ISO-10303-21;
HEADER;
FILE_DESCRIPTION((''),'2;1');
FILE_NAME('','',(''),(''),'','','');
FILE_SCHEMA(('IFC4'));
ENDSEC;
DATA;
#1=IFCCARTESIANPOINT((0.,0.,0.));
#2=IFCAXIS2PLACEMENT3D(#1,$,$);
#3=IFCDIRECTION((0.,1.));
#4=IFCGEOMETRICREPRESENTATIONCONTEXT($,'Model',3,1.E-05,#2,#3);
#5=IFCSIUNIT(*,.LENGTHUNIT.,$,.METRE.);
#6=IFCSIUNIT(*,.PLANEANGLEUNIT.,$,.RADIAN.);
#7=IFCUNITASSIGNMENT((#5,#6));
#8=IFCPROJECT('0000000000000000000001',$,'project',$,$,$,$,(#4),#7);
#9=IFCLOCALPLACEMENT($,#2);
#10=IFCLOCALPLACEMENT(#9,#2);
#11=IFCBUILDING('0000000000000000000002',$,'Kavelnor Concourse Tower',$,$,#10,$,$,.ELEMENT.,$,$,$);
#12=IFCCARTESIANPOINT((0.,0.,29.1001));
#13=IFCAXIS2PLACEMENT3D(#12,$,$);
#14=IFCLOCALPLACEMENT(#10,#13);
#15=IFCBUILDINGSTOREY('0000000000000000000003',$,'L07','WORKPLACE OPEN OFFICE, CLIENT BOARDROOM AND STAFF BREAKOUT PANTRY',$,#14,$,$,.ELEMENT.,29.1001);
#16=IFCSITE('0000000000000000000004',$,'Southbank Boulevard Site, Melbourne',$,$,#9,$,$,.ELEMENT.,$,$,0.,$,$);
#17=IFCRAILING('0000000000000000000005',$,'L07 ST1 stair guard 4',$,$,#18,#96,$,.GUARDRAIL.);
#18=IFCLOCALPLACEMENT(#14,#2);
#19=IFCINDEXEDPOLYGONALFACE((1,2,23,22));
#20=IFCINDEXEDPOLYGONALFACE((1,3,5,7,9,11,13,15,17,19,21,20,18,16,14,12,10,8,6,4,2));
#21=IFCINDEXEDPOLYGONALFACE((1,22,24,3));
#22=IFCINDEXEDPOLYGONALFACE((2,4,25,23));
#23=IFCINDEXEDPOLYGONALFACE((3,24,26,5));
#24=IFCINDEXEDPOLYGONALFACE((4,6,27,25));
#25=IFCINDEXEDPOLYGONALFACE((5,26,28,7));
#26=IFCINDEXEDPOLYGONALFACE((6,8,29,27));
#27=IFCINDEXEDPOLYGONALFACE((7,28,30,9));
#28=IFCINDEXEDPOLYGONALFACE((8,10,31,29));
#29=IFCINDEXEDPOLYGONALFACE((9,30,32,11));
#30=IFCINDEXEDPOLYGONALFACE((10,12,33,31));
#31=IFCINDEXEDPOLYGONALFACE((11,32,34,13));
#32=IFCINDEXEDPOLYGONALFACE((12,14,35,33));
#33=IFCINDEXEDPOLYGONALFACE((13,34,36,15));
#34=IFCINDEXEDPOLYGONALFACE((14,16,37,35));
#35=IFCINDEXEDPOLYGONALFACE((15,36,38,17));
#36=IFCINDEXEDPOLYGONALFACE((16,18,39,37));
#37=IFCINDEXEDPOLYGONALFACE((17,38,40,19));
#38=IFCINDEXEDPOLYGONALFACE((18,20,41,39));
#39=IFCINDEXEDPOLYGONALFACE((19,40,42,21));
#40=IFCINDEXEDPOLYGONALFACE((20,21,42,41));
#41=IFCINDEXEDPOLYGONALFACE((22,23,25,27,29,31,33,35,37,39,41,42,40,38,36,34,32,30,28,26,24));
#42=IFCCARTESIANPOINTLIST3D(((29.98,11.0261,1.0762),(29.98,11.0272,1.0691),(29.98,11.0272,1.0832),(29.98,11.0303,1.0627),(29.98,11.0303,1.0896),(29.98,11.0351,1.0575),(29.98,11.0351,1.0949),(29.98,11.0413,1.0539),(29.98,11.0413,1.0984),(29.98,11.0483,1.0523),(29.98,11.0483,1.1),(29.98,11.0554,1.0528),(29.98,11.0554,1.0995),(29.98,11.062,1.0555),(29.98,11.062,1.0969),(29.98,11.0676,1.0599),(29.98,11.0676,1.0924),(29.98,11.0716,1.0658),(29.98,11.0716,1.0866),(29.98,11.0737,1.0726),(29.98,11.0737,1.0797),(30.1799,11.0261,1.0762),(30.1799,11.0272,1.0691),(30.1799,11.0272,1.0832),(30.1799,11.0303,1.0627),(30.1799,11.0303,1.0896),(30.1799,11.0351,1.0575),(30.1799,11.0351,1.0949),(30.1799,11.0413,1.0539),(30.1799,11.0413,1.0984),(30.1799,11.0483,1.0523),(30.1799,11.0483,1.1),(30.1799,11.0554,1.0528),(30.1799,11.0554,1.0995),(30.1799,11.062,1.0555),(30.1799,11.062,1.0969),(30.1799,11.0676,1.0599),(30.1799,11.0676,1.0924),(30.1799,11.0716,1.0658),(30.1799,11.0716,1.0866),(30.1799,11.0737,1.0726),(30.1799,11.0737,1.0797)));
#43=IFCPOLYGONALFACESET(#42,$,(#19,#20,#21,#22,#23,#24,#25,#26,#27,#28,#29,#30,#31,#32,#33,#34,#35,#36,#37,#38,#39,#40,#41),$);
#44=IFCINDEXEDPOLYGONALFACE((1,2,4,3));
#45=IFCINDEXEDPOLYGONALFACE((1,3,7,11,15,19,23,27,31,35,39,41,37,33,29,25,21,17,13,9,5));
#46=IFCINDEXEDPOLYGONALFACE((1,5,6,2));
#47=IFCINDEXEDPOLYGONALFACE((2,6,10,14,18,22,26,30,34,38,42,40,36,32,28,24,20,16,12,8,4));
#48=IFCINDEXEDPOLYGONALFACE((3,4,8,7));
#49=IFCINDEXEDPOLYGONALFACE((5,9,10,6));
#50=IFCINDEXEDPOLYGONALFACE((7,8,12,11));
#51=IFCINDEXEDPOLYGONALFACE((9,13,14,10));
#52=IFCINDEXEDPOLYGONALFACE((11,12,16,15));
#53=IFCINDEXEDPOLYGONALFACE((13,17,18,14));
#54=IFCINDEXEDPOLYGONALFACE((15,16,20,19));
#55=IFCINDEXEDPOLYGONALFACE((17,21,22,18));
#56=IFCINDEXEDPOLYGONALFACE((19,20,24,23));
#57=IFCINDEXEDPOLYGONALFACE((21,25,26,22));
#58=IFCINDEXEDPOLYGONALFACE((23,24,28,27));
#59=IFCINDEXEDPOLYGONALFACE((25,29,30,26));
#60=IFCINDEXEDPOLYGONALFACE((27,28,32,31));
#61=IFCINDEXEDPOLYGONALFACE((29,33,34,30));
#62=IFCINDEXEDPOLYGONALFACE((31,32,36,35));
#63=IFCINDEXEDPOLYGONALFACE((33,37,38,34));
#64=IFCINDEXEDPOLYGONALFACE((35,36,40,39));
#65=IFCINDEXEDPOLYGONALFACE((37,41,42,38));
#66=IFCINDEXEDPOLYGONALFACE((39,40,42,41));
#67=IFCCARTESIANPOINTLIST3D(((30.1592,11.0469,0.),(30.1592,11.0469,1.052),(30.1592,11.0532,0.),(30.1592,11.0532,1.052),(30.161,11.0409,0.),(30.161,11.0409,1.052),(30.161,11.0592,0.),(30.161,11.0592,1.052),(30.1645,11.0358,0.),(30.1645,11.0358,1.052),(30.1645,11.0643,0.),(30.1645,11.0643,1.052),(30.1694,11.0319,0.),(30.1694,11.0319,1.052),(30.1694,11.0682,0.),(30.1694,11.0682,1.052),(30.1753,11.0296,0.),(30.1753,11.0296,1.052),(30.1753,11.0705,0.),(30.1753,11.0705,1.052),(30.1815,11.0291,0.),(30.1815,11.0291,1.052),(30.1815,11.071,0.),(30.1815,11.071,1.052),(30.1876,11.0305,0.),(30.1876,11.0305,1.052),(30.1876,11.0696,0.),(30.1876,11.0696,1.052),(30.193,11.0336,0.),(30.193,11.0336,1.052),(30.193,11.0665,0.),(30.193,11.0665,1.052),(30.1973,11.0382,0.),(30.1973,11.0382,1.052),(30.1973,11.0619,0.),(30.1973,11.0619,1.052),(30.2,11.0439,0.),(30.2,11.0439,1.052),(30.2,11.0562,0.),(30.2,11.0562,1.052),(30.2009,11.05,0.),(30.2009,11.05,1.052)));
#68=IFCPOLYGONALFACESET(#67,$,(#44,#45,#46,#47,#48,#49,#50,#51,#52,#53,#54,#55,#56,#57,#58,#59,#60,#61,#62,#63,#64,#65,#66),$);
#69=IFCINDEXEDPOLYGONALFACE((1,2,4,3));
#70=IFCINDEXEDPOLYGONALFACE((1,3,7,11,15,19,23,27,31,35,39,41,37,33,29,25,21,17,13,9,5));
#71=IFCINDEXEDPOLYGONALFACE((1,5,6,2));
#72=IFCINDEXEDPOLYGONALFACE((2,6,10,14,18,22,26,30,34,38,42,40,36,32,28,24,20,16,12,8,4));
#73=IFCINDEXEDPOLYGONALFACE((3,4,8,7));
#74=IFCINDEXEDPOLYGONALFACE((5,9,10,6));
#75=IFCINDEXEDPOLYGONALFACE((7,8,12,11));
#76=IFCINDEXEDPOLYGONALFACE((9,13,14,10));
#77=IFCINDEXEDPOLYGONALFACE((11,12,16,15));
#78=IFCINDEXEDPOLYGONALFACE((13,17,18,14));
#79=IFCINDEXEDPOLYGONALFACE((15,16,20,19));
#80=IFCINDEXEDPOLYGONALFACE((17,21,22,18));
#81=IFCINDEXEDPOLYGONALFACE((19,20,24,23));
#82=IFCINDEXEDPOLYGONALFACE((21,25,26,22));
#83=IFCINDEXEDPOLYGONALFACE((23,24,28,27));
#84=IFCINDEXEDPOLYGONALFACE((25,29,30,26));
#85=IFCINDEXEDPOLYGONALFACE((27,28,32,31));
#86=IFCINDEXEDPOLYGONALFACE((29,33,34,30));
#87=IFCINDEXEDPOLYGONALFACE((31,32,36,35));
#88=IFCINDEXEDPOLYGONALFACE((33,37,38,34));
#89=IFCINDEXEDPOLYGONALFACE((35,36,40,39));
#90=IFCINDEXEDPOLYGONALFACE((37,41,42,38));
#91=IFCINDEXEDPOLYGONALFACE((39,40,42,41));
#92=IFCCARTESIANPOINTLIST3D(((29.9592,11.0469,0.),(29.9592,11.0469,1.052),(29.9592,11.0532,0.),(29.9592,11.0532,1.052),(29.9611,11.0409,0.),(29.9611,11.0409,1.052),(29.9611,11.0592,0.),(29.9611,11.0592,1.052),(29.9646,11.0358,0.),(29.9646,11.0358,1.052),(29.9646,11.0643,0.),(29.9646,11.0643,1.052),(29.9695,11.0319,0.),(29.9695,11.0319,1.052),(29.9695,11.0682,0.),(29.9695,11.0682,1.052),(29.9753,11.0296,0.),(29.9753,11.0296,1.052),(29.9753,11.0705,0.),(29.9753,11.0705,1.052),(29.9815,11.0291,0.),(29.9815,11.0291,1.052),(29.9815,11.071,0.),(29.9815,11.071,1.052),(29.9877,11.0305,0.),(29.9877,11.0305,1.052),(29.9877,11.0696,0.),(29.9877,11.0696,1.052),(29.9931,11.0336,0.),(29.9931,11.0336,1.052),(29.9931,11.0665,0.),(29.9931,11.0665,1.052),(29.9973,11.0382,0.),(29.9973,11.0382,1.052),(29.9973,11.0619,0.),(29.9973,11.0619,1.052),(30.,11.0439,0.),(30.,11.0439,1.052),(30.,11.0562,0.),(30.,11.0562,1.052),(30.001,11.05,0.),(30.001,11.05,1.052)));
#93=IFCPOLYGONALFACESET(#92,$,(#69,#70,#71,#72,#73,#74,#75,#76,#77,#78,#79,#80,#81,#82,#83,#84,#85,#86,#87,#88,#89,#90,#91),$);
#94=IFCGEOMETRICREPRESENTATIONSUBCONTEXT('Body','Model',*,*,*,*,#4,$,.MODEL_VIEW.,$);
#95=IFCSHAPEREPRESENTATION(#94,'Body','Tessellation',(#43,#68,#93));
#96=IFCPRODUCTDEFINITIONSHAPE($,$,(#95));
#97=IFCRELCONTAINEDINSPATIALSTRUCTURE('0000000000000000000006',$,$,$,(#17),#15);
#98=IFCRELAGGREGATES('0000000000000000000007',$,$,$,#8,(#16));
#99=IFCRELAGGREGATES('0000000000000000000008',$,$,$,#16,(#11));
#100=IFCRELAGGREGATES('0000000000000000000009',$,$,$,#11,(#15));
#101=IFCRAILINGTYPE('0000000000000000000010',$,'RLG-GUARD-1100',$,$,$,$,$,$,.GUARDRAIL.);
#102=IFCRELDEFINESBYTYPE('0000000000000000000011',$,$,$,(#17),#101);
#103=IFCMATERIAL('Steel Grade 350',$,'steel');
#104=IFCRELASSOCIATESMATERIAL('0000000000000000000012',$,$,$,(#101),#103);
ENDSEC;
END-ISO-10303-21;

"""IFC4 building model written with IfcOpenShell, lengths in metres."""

from ifc_helpers import new_model, si_unit, direction, frame, origin, origin_2d, place, context, subcontext, project, spatial, circle, extrude, material, type_object, element, save


model = new_model("IFC4")

# Units and contexts
model_context = context("Model", 3, precision=1e-05, world=origin(), true_north=direction((0.0, 1.0)))
body_context = subcontext(model_context, "Body", "Model", "MODEL_VIEW")
ifc_project = project(units=[si_unit("LENGTHUNIT", "METRE"), si_unit("PLANEANGLEUNIT", "RADIAN")], contexts=[model_context])

# Site, building, storey
site_placement = place(None, origin())
site = spatial("IfcSite", under=ifc_project, at=site_placement, Name="Southbank Boulevard Site, Melbourne", CompositionType="ELEMENT", RefElevation=0.0)
building_placement = place(site_placement, origin())
building = spatial("IfcBuilding", under=site, at=building_placement, Name="Kavelnor Concourse Tower", CompositionType="ELEMENT")
storey_placement = place(building_placement, frame((0.0, 0.0, 29.1001)))
storey = spatial("IfcBuildingStorey", under=building, at=storey_placement, Name="L07", Description="WORKPLACE OPEN OFFICE, CLIENT BOARDROOM AND STAFF BREAKOUT PANTRY", CompositionType="ELEMENT", Elevation=29.1001)

# Shared definitions
ifc_material_1 = material(Name="Steel Grade 350", Category="steel")

# Railing
railing_type_1 = type_object("IfcRailingType", Name="RLG-GUARD-1100", PredefinedType="GUARDRAIL", material=ifc_material_1)
railing_1_placement = place(storey_placement, frame((30.1799, 11.05, 0.0)))
element("IfcRailing", 1, at=railing_1_placement, inside=storey, type_object=railing_type_1, Name="L07 ST1 stair guard 4", PredefinedType="GUARDRAIL", context=body_context, shape_type="SweptSolid", body=[
    extrude(circle(Radius=0.0239, at=origin_2d()), frame((0.0, 0.0, 1.0762), z_axis=(-1.0, 0.0, 0.0), x_axis=(0.0, -1.0, 0.0)), (0.0, 0.0, 1.0), 0.2),
    extrude(circle(Radius=0.021, at=origin_2d()), origin(), (0.0, 0.0, 1.0), 1.052),
    extrude(circle(Radius=0.021, at=origin_2d()), frame((-0.2, 0.0, 0.0)), (0.0, 0.0, 1.0), 1.052),
])

save(model, "model.ifc")
